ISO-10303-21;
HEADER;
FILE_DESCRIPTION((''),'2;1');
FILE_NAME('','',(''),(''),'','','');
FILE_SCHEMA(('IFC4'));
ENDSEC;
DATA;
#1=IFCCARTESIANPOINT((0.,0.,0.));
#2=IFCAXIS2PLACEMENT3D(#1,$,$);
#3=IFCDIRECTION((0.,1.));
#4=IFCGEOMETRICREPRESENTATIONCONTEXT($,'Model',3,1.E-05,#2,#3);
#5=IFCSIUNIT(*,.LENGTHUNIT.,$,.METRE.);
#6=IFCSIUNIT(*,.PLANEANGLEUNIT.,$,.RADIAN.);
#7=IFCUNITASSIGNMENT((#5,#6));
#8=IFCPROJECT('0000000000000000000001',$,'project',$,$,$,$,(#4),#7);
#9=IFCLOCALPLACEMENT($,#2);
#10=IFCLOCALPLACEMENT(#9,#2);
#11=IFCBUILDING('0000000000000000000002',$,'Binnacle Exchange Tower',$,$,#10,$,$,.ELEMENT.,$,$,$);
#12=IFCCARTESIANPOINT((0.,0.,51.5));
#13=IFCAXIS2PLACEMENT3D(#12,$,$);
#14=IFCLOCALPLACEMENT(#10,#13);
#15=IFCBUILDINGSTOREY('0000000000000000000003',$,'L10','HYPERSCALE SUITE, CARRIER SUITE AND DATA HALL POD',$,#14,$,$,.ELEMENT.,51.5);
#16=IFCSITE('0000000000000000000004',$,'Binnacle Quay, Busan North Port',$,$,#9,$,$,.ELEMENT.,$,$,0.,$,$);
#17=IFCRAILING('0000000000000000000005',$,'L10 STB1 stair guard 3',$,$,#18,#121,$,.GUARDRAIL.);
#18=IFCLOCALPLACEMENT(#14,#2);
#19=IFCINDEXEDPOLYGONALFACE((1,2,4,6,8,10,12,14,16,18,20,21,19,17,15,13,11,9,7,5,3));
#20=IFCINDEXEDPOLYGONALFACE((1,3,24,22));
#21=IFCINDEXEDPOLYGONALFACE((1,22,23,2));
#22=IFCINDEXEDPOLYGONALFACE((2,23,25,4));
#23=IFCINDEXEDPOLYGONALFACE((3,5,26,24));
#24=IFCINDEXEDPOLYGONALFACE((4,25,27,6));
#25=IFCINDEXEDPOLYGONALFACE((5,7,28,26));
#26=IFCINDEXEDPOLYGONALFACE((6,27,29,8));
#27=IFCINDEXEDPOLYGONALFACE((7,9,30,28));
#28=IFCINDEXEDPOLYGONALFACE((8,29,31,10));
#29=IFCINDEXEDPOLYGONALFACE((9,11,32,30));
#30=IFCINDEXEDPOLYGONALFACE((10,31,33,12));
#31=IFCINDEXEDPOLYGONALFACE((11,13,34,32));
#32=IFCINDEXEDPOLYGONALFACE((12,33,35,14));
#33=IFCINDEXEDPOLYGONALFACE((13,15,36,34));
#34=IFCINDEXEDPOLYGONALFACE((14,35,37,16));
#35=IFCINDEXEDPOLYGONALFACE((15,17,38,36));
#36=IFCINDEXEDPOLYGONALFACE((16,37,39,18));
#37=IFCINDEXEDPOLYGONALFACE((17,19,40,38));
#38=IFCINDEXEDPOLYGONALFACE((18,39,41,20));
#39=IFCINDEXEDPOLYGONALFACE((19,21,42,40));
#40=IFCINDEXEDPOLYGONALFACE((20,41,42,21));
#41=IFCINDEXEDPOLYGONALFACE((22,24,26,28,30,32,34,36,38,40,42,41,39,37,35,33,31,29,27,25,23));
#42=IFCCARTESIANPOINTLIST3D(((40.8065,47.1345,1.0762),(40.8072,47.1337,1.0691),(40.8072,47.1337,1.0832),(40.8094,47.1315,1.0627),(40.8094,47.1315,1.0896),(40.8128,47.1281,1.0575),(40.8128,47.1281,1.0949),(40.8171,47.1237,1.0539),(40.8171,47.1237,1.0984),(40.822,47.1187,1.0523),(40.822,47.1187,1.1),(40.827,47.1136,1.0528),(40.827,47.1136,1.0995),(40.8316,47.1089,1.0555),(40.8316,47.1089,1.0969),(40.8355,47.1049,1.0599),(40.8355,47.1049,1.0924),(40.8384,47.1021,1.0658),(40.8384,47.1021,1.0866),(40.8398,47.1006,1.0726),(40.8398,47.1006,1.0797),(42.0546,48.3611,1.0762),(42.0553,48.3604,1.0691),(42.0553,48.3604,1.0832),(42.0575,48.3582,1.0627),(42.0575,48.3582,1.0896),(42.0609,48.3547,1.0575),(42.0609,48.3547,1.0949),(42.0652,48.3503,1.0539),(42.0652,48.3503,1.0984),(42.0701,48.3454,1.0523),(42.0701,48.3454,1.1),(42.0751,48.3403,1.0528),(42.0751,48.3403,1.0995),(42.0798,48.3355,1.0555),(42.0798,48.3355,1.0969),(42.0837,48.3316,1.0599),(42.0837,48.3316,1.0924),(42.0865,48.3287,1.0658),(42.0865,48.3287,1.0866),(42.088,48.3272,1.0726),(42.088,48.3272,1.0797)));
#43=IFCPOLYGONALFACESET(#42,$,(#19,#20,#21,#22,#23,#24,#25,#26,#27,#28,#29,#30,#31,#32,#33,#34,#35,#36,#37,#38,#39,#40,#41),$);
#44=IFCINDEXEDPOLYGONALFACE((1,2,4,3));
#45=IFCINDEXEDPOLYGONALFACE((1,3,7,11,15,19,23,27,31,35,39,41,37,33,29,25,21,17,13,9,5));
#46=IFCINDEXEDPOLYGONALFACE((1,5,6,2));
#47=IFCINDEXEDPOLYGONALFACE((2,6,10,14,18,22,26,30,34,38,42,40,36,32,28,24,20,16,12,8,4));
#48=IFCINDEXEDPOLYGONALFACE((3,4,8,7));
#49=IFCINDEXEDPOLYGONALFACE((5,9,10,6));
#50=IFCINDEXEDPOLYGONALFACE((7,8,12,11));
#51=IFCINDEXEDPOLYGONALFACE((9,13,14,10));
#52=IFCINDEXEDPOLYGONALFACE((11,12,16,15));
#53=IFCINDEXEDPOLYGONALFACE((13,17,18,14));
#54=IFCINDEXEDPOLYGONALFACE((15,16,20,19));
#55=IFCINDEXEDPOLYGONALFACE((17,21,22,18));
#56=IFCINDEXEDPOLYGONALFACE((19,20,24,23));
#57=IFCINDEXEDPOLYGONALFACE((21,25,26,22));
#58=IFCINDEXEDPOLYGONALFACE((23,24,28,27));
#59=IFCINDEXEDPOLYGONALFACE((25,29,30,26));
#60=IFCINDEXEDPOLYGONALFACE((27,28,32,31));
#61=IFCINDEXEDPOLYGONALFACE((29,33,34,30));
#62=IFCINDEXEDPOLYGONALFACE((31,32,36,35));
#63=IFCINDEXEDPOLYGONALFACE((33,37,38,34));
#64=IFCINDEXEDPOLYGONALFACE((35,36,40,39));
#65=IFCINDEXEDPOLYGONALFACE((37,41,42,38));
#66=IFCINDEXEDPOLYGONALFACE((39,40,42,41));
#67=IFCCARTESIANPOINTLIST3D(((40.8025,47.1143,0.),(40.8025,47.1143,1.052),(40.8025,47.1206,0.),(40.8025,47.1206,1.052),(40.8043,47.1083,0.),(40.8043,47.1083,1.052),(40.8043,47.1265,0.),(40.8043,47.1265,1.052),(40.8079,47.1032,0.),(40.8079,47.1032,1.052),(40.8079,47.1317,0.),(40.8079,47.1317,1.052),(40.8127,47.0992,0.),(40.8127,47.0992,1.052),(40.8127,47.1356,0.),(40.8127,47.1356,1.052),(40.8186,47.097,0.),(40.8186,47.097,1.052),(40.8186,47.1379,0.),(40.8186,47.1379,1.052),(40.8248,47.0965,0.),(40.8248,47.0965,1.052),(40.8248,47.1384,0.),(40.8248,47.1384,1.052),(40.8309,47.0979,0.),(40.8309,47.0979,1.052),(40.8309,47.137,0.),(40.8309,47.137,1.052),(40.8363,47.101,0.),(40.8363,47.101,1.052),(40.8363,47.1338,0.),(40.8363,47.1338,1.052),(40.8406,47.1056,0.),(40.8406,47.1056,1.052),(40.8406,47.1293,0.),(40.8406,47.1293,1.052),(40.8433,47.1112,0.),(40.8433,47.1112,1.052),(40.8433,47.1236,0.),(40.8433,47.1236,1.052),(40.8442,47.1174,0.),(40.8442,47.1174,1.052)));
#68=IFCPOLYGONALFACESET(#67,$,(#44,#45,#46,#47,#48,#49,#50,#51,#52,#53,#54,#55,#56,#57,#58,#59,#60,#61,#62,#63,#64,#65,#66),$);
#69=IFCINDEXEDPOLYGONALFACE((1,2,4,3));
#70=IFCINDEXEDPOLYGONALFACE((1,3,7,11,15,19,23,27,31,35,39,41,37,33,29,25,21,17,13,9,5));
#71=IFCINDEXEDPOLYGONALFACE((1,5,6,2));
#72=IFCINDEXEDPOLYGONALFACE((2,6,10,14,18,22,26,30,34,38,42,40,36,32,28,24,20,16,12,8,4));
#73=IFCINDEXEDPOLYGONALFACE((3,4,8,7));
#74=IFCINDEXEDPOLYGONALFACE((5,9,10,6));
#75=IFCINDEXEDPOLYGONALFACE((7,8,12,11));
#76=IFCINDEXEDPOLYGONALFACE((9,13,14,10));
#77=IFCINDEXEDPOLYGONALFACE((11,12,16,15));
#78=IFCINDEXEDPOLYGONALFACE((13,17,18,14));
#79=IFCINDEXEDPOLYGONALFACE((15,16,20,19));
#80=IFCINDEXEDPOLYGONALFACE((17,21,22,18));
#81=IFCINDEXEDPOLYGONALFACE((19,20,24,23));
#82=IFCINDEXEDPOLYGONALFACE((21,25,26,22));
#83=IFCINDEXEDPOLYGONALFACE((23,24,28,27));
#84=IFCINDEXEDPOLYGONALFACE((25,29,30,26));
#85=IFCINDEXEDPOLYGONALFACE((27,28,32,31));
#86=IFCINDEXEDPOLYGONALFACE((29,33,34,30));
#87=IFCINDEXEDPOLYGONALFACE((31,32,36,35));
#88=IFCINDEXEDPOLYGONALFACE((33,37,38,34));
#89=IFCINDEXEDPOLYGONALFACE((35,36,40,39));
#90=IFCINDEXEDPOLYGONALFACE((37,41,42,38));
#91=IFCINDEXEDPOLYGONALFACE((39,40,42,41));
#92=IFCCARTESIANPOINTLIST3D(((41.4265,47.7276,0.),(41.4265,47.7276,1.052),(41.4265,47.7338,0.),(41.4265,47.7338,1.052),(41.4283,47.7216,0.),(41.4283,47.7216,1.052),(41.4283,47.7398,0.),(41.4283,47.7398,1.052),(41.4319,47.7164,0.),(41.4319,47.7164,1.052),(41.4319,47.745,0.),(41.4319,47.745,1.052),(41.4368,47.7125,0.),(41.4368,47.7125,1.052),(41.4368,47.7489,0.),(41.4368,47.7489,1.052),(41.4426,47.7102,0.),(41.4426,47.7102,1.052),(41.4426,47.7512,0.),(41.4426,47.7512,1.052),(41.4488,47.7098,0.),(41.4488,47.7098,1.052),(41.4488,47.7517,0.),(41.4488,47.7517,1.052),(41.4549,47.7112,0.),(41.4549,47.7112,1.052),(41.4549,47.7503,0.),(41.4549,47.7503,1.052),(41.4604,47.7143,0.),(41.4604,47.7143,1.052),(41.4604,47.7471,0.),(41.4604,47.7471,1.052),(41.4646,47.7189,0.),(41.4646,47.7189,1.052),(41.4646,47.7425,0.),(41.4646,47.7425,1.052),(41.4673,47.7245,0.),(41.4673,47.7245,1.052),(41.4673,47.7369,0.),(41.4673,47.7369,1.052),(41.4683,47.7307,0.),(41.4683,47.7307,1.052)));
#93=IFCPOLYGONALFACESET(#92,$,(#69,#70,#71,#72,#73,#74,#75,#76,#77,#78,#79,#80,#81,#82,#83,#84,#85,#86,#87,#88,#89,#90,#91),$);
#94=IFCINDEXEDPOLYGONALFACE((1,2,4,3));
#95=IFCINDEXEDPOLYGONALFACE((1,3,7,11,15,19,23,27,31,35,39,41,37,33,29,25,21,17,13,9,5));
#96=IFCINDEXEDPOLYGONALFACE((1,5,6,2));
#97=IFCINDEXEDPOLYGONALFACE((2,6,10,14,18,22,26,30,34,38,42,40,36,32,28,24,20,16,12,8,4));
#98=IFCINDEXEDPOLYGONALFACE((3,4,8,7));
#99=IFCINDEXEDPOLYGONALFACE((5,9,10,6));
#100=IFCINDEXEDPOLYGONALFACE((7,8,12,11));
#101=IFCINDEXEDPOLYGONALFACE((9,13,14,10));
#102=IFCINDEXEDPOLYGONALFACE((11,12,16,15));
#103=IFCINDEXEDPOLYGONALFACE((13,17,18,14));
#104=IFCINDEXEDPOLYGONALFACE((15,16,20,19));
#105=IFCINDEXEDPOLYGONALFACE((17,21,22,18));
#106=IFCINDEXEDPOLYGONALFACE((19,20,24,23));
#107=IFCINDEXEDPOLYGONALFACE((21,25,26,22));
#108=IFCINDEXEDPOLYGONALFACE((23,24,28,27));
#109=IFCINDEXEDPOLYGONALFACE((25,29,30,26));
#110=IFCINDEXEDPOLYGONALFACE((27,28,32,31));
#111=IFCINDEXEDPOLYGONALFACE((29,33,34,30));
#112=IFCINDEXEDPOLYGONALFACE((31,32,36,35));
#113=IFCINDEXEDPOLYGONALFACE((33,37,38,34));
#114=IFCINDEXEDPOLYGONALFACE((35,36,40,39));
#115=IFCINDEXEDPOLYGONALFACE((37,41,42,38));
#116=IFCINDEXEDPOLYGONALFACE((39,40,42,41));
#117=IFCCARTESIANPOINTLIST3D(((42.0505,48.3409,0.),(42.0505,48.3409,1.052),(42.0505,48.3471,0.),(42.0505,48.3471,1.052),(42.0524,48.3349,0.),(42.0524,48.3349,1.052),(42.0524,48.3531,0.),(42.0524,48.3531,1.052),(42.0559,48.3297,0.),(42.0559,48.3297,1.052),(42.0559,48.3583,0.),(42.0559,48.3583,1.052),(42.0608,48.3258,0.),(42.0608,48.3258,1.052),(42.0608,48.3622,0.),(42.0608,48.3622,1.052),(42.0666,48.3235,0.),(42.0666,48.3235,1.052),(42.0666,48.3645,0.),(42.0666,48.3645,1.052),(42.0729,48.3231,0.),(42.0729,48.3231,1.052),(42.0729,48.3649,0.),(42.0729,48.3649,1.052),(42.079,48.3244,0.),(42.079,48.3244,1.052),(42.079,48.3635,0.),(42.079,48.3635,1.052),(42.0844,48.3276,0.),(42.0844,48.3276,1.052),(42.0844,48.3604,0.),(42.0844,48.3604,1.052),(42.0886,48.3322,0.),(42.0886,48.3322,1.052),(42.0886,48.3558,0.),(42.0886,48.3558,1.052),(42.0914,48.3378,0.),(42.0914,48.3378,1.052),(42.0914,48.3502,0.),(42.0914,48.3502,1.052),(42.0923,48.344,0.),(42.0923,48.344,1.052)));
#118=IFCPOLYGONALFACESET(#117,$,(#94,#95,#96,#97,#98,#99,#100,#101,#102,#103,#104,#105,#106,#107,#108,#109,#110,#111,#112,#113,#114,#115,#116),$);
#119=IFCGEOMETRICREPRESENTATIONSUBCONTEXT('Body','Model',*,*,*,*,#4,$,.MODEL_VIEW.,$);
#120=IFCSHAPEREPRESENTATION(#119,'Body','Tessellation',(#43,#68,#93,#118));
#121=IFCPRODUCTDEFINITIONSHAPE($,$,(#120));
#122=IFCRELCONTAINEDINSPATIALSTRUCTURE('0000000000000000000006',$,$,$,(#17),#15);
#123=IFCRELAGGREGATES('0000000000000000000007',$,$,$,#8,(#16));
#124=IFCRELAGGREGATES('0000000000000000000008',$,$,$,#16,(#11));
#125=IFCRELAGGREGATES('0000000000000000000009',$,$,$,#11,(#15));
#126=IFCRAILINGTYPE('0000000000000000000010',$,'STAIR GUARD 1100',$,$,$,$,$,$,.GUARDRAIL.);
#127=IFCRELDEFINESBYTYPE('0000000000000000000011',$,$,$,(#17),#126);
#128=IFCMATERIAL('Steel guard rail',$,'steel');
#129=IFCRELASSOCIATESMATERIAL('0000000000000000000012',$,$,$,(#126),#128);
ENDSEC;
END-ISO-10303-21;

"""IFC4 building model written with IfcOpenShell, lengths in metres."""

from ifc_helpers import new_model, si_unit, direction, frame, origin, origin_2d, place, context, subcontext, project, spatial, circle, extrude, material, type_object, element, save


model = new_model("IFC4")

# Units and contexts
model_context = context("Model", 3, precision=1e-05, world=origin(), true_north=direction((0.0, 1.0)))
body_context = subcontext(model_context, "Body", "Model", "MODEL_VIEW")
ifc_project = project(units=[si_unit("LENGTHUNIT", "METRE"), si_unit("PLANEANGLEUNIT", "RADIAN")], contexts=[model_context])

# Site, building, storey
site_placement = place(None, origin())
site = spatial("IfcSite", under=ifc_project, at=site_placement, Name="Binnacle Quay, Busan North Port", CompositionType="ELEMENT", RefElevation=0.0)
building_placement = place(site_placement, origin())
building = spatial("IfcBuilding", under=site, at=building_placement, Name="Binnacle Exchange Tower", CompositionType="ELEMENT")
storey_placement = place(building_placement, frame((0.0, 0.0, 51.5)))
storey = spatial("IfcBuildingStorey", under=building, at=storey_placement, Name="L10", Description="HYPERSCALE SUITE, CARRIER SUITE AND DATA HALL POD", CompositionType="ELEMENT", Elevation=51.5)

# Railing
ifc_material_1 = material(Name="Steel guard rail", Category="steel")
railing_type_1 = type_object("IfcRailingType", Name="STAIR GUARD 1100", PredefinedType="GUARDRAIL", material=ifc_material_1)
railing_1_placement = place(storey_placement, frame((40.8232, 47.1174, 0.0)))
element("IfcRailing", 1, at=railing_1_placement, inside=storey, type_object=railing_type_1, Name="L10 STB1 stair guard 3", PredefinedType="GUARDRAIL", context=body_context, shape_type="SweptSolid", body=[
    extrude(circle(Radius=0.0239, at=origin_2d()), frame((0.0, 0.0, 1.0762), z_axis=(0.713219, 0.700941, 0.0), x_axis=(-0.700941, 0.713219, 0.0)), (0.0, 0.0, 1.0), 1.75),
    extrude(circle(Radius=0.021, at=origin_2d()), origin(), (0.0, 0.0, 1.0), 1.052),
    extrude(circle(Radius=0.021, at=origin_2d()), frame((0.624, 0.6133, 0.0)), (0.0, 0.0, 1.0), 1.052),
    extrude(circle(Radius=0.021, at=origin_2d()), frame((1.248, 1.2266, 0.0)), (0.0, 0.0, 1.0), 1.052),
])

save(model, "model.ifc")
